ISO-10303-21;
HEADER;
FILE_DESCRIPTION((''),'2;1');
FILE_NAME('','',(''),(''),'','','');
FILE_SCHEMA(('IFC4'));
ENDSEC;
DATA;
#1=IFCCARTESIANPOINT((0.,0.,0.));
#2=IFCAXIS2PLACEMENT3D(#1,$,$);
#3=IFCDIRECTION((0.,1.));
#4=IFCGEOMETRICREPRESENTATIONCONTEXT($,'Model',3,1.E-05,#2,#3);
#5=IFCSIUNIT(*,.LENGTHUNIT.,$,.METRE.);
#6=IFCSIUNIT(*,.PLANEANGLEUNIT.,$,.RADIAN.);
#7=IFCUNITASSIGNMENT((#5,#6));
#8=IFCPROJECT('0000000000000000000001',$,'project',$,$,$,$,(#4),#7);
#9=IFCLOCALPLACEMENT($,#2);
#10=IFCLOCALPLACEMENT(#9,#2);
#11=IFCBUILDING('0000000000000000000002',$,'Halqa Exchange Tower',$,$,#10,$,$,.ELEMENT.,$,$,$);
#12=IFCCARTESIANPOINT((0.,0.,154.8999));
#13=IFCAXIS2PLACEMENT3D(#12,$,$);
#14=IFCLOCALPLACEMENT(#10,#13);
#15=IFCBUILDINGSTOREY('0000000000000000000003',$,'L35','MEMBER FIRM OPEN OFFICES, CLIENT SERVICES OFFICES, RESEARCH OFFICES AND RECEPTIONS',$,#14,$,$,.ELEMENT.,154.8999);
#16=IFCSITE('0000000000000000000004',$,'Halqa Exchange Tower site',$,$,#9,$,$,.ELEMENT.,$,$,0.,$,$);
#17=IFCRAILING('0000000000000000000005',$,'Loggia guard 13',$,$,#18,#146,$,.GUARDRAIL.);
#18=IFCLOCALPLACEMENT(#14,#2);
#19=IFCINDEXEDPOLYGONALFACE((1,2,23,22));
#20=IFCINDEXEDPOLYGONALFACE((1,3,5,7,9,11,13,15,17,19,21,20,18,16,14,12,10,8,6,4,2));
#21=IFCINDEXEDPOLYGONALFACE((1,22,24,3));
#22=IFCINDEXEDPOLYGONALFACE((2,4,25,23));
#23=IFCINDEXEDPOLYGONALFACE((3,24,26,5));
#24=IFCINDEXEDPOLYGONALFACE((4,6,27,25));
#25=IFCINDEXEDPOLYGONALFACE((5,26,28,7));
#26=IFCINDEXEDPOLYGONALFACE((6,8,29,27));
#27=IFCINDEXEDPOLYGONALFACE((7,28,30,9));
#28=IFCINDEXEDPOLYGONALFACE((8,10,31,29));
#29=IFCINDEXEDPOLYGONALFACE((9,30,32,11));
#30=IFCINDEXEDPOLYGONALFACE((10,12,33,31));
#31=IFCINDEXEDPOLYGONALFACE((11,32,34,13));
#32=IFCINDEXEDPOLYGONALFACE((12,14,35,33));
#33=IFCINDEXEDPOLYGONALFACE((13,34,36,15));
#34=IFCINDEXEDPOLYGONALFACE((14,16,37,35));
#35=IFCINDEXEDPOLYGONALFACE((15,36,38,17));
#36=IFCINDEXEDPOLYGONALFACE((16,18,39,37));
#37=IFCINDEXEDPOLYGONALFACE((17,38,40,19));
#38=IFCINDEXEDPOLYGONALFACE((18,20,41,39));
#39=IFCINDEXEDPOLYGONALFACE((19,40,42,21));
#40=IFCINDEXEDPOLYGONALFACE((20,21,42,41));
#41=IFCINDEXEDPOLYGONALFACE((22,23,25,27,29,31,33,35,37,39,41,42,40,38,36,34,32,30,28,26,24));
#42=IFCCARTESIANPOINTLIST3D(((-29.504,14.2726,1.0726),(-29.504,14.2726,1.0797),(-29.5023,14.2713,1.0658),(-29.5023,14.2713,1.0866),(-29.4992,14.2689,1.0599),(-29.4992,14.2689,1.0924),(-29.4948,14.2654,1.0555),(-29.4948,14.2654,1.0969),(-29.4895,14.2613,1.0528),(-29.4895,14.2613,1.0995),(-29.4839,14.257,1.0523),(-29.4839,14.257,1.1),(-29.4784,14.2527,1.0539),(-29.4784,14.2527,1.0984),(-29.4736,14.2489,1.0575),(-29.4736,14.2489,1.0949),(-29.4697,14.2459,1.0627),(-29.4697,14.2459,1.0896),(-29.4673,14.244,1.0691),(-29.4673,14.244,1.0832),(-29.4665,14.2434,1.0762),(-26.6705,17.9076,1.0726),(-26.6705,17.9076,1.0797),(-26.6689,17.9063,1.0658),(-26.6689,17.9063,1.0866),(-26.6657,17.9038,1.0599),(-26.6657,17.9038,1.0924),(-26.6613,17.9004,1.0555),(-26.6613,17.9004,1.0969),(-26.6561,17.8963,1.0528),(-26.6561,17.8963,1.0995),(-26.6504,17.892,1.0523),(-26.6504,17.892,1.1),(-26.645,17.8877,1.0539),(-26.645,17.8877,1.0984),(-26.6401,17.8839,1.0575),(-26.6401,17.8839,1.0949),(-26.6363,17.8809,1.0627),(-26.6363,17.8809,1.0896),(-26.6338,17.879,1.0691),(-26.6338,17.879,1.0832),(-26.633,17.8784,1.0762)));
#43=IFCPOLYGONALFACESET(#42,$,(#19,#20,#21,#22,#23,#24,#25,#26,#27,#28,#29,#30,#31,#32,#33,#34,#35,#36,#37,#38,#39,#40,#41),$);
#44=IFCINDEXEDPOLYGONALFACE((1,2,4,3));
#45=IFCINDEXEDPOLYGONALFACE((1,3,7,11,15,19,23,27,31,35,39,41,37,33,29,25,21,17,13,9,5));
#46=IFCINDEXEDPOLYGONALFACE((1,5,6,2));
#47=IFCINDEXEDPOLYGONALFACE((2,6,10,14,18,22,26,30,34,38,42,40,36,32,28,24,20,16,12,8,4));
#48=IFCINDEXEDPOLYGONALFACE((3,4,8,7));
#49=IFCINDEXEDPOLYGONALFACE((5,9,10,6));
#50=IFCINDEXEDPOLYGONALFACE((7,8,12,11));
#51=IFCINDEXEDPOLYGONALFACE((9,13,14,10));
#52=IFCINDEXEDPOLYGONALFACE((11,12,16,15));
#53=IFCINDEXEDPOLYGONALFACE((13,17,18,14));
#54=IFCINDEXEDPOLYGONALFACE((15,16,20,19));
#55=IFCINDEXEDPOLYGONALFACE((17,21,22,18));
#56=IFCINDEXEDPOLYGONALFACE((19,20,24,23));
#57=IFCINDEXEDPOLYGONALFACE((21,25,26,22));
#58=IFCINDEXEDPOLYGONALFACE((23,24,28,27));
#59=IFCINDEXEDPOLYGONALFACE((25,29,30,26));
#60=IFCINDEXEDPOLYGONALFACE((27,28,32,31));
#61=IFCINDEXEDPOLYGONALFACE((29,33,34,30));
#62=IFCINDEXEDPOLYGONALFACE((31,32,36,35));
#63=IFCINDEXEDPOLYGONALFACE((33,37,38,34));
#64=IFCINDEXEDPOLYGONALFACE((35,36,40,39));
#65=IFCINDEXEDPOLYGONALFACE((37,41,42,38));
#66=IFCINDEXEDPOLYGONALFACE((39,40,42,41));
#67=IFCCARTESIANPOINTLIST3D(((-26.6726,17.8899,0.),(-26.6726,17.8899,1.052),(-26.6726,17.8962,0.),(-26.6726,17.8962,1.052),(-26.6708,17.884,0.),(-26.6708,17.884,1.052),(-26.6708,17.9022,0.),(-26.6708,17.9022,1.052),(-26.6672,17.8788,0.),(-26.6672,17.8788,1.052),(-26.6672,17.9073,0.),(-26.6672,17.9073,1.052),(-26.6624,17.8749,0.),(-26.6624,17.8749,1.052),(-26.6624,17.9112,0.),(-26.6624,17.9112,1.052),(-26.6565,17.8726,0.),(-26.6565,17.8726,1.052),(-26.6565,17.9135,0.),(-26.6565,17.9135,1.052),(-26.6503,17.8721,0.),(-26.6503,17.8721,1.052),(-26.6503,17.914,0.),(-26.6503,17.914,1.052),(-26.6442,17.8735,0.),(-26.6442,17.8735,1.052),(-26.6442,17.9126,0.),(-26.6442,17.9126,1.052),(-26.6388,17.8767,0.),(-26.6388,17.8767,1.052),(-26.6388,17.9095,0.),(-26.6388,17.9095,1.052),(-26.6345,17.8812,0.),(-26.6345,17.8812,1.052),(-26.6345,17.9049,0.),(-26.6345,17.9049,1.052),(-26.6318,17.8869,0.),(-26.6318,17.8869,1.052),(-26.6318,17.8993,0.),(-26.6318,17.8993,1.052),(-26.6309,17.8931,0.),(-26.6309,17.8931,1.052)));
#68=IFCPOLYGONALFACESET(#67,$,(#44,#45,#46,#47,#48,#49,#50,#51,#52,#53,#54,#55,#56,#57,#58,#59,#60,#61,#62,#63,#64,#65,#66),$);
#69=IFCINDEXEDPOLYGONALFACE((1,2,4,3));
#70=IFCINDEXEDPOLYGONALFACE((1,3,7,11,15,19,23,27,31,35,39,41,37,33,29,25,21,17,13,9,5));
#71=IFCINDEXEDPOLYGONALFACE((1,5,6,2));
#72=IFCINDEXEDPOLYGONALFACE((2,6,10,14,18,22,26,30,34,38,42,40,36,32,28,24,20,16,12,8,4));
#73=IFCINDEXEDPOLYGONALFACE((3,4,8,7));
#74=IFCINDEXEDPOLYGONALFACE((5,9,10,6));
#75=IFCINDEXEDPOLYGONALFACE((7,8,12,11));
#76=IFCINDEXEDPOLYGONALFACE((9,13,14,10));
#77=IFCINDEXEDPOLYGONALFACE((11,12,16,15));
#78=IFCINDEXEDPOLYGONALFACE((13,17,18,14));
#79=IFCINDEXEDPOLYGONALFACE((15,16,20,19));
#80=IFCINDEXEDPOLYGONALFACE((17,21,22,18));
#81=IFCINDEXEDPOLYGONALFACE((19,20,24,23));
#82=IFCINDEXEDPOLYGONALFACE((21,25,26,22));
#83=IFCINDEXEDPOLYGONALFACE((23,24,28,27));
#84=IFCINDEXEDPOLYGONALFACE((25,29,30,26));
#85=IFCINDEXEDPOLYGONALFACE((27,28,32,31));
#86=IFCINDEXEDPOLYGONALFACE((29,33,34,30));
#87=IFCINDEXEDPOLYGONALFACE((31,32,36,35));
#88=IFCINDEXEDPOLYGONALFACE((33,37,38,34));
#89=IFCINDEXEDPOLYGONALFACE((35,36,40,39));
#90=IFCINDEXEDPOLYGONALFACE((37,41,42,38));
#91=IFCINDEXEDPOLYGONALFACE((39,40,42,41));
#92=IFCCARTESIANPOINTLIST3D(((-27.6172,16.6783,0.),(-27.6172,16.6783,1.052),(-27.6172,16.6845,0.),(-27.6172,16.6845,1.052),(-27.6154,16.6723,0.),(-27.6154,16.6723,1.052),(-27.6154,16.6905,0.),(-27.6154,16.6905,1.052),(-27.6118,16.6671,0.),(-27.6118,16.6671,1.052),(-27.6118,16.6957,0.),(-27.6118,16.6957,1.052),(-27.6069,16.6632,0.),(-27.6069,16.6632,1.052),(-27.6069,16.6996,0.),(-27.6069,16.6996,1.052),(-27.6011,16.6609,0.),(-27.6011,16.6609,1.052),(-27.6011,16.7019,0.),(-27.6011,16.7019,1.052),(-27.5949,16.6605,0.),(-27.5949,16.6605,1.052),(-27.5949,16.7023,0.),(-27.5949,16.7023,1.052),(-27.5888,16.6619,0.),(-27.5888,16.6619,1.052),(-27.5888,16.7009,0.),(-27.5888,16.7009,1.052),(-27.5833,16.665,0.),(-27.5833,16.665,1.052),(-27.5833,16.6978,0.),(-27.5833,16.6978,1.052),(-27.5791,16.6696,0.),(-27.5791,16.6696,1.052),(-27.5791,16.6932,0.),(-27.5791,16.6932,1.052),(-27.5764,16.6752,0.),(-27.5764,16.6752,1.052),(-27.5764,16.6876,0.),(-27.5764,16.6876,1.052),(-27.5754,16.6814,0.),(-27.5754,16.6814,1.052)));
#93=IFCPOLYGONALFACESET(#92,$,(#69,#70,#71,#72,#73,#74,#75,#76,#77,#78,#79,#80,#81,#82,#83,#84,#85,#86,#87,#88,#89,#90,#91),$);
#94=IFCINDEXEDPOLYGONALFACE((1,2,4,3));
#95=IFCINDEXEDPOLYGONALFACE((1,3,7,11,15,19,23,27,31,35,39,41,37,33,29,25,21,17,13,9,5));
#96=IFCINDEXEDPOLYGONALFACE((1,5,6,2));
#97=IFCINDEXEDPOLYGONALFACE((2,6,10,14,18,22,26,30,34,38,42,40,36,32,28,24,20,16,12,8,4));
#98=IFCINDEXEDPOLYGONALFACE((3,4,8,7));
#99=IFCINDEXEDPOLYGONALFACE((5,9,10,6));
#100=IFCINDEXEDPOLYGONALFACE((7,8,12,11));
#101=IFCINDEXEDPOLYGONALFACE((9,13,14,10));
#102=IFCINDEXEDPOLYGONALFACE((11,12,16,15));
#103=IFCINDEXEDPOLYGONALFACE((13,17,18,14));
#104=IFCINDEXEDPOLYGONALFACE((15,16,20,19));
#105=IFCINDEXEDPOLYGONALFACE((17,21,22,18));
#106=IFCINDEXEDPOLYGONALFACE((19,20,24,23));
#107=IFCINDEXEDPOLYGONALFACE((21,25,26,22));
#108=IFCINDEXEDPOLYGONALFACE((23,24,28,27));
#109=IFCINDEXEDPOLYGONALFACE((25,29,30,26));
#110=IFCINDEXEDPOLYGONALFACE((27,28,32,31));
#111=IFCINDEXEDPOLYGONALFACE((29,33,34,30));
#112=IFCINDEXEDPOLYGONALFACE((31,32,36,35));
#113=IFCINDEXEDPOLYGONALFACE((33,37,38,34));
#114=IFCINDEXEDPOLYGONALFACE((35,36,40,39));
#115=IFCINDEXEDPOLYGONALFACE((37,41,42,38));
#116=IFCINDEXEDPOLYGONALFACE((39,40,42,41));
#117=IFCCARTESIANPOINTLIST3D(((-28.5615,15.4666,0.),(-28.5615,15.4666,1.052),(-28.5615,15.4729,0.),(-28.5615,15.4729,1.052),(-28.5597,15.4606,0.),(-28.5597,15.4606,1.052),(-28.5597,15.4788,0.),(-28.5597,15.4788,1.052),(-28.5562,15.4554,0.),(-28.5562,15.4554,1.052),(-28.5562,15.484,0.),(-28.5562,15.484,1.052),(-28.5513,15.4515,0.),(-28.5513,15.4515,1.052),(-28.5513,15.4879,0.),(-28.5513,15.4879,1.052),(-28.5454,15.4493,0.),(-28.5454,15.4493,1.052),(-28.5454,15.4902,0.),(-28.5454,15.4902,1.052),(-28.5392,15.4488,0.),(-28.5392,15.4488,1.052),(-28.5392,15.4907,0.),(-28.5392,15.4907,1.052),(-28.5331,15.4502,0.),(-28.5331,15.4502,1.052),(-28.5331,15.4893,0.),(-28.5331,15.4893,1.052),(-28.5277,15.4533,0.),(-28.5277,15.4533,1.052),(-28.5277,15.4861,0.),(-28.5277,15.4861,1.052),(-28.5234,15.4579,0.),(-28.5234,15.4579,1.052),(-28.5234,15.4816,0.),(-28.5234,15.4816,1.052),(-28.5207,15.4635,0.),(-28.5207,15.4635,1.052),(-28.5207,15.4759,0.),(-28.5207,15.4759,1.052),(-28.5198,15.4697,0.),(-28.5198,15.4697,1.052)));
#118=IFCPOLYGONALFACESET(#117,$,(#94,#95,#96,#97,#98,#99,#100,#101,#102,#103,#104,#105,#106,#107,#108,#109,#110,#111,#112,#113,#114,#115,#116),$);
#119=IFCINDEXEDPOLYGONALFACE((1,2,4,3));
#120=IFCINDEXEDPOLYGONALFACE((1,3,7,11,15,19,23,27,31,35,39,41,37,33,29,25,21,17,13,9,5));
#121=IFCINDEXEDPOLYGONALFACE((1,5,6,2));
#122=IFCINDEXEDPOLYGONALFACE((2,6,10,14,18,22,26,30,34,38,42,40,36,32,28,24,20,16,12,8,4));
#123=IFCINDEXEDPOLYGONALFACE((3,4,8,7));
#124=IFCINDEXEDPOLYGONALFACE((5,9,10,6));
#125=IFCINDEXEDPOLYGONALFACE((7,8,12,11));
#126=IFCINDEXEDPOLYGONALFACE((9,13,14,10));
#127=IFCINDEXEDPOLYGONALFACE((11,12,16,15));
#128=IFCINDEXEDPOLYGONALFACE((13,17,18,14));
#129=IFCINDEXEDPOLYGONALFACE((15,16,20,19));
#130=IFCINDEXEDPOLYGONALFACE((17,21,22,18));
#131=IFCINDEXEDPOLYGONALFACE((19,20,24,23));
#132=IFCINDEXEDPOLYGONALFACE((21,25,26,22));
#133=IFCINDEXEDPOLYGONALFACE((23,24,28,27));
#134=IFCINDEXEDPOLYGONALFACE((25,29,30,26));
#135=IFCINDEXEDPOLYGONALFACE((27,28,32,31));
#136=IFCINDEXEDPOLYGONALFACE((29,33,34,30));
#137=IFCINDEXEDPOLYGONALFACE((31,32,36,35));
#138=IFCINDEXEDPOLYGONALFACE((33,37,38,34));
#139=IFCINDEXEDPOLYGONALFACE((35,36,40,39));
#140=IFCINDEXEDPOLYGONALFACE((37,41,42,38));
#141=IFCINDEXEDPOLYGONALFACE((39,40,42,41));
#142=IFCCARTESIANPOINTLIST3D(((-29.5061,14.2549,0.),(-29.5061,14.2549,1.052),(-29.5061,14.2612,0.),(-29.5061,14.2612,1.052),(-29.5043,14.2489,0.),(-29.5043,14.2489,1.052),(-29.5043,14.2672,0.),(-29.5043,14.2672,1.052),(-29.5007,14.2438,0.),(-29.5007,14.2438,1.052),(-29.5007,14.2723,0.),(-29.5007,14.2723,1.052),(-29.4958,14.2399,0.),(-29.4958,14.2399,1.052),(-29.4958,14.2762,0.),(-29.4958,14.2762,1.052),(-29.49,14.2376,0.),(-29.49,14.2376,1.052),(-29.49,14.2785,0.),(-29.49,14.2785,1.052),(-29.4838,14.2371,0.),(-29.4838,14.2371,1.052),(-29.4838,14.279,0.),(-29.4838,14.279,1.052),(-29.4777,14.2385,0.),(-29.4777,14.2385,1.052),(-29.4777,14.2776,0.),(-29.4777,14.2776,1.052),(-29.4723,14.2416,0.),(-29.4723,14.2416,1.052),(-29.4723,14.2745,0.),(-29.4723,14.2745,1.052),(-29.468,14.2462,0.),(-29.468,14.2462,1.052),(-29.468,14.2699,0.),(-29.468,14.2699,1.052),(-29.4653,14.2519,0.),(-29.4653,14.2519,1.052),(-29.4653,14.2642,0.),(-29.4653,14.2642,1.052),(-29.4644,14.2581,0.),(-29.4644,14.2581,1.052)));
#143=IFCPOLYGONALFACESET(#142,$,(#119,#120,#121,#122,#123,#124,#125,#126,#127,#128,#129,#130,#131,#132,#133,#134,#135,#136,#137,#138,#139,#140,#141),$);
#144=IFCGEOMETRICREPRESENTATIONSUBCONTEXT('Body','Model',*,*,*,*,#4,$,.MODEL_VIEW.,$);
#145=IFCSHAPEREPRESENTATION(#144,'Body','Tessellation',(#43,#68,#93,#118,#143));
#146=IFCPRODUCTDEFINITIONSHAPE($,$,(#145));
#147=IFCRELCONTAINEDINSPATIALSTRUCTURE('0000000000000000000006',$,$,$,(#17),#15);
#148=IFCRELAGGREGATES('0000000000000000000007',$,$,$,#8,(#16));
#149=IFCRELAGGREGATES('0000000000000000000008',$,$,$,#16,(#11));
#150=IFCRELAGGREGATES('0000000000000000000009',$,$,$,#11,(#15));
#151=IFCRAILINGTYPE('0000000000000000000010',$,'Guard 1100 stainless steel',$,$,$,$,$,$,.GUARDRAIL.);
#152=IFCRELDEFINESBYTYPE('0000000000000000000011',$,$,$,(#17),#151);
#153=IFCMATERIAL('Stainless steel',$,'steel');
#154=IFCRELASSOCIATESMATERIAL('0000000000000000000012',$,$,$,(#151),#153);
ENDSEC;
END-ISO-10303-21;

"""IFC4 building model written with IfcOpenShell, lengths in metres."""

from ifc_helpers import new_model, si_unit, direction, frame, origin, origin_2d, place, context, subcontext, project, spatial, circle, extrude, material, type_object, element, save


model = new_model("IFC4")

# Units and contexts
model_context = context("Model", 3, precision=1e-05, world=origin(), true_north=direction((0.0, 1.0)))
body_context = subcontext(model_context, "Body", "Model", "MODEL_VIEW")
ifc_project = project(units=[si_unit("LENGTHUNIT", "METRE"), si_unit("PLANEANGLEUNIT", "RADIAN")], contexts=[model_context])

# Site, building, storey
site_placement = place(None, origin())
site = spatial("IfcSite", under=ifc_project, at=site_placement, Name="Halqa Exchange Tower site", CompositionType="ELEMENT", RefElevation=0.0)
building_placement = place(site_placement, origin())
building = spatial("IfcBuilding", under=site, at=building_placement, Name="Halqa Exchange Tower", CompositionType="ELEMENT")
storey_placement = place(building_placement, frame((0.0, 0.0, 154.8999)))
storey = spatial("IfcBuildingStorey", under=building, at=storey_placement, Name="L35", Description="MEMBER FIRM OPEN OFFICES, CLIENT SERVICES OFFICES, RESEARCH OFFICES AND RECEPTIONS", CompositionType="ELEMENT", Elevation=154.8999)

# Railing
ifc_material_1 = material(Name="Stainless steel", Category="steel")
railing_type = type_object("IfcRailingType", Name="Guard 1100 stainless steel", PredefinedType="GUARDRAIL", material=ifc_material_1)
railing_1_placement = place(storey_placement, frame((-26.6519, 17.8931, 0.0)))
element("IfcRailing", 1, at=railing_1_placement, inside=storey, type_object=railing_type, Name="Loggia guard 13", PredefinedType="GUARDRAIL", context=body_context, shape_type="SweptSolid", body=[
    extrude(circle(Radius=0.0239, at=origin_2d()), frame((0.0, 0.0, 1.0762), z_axis=(-0.614787, -0.788693, 0.0), x_axis=(0.788693, -0.614787, 0.0)), (0.0, 0.0, 1.0), 4.6089),
    extrude(circle(Radius=0.021, at=origin_2d()), origin(), (0.0, 0.0, 1.0), 1.052),
    extrude(circle(Radius=0.021, at=origin_2d()), frame((-0.9446, -1.2117, 0.0)), (0.0, 0.0, 1.0), 1.052),
    extrude(circle(Radius=0.021, at=origin_2d()), frame((-1.8889, -2.4233, 0.0)), (0.0, 0.0, 1.0), 1.052),
    extrude(circle(Radius=0.021, at=origin_2d()), frame((-2.8335, -3.635, 0.0)), (0.0, 0.0, 1.0), 1.052),
])

save(model, "model.ifc")
